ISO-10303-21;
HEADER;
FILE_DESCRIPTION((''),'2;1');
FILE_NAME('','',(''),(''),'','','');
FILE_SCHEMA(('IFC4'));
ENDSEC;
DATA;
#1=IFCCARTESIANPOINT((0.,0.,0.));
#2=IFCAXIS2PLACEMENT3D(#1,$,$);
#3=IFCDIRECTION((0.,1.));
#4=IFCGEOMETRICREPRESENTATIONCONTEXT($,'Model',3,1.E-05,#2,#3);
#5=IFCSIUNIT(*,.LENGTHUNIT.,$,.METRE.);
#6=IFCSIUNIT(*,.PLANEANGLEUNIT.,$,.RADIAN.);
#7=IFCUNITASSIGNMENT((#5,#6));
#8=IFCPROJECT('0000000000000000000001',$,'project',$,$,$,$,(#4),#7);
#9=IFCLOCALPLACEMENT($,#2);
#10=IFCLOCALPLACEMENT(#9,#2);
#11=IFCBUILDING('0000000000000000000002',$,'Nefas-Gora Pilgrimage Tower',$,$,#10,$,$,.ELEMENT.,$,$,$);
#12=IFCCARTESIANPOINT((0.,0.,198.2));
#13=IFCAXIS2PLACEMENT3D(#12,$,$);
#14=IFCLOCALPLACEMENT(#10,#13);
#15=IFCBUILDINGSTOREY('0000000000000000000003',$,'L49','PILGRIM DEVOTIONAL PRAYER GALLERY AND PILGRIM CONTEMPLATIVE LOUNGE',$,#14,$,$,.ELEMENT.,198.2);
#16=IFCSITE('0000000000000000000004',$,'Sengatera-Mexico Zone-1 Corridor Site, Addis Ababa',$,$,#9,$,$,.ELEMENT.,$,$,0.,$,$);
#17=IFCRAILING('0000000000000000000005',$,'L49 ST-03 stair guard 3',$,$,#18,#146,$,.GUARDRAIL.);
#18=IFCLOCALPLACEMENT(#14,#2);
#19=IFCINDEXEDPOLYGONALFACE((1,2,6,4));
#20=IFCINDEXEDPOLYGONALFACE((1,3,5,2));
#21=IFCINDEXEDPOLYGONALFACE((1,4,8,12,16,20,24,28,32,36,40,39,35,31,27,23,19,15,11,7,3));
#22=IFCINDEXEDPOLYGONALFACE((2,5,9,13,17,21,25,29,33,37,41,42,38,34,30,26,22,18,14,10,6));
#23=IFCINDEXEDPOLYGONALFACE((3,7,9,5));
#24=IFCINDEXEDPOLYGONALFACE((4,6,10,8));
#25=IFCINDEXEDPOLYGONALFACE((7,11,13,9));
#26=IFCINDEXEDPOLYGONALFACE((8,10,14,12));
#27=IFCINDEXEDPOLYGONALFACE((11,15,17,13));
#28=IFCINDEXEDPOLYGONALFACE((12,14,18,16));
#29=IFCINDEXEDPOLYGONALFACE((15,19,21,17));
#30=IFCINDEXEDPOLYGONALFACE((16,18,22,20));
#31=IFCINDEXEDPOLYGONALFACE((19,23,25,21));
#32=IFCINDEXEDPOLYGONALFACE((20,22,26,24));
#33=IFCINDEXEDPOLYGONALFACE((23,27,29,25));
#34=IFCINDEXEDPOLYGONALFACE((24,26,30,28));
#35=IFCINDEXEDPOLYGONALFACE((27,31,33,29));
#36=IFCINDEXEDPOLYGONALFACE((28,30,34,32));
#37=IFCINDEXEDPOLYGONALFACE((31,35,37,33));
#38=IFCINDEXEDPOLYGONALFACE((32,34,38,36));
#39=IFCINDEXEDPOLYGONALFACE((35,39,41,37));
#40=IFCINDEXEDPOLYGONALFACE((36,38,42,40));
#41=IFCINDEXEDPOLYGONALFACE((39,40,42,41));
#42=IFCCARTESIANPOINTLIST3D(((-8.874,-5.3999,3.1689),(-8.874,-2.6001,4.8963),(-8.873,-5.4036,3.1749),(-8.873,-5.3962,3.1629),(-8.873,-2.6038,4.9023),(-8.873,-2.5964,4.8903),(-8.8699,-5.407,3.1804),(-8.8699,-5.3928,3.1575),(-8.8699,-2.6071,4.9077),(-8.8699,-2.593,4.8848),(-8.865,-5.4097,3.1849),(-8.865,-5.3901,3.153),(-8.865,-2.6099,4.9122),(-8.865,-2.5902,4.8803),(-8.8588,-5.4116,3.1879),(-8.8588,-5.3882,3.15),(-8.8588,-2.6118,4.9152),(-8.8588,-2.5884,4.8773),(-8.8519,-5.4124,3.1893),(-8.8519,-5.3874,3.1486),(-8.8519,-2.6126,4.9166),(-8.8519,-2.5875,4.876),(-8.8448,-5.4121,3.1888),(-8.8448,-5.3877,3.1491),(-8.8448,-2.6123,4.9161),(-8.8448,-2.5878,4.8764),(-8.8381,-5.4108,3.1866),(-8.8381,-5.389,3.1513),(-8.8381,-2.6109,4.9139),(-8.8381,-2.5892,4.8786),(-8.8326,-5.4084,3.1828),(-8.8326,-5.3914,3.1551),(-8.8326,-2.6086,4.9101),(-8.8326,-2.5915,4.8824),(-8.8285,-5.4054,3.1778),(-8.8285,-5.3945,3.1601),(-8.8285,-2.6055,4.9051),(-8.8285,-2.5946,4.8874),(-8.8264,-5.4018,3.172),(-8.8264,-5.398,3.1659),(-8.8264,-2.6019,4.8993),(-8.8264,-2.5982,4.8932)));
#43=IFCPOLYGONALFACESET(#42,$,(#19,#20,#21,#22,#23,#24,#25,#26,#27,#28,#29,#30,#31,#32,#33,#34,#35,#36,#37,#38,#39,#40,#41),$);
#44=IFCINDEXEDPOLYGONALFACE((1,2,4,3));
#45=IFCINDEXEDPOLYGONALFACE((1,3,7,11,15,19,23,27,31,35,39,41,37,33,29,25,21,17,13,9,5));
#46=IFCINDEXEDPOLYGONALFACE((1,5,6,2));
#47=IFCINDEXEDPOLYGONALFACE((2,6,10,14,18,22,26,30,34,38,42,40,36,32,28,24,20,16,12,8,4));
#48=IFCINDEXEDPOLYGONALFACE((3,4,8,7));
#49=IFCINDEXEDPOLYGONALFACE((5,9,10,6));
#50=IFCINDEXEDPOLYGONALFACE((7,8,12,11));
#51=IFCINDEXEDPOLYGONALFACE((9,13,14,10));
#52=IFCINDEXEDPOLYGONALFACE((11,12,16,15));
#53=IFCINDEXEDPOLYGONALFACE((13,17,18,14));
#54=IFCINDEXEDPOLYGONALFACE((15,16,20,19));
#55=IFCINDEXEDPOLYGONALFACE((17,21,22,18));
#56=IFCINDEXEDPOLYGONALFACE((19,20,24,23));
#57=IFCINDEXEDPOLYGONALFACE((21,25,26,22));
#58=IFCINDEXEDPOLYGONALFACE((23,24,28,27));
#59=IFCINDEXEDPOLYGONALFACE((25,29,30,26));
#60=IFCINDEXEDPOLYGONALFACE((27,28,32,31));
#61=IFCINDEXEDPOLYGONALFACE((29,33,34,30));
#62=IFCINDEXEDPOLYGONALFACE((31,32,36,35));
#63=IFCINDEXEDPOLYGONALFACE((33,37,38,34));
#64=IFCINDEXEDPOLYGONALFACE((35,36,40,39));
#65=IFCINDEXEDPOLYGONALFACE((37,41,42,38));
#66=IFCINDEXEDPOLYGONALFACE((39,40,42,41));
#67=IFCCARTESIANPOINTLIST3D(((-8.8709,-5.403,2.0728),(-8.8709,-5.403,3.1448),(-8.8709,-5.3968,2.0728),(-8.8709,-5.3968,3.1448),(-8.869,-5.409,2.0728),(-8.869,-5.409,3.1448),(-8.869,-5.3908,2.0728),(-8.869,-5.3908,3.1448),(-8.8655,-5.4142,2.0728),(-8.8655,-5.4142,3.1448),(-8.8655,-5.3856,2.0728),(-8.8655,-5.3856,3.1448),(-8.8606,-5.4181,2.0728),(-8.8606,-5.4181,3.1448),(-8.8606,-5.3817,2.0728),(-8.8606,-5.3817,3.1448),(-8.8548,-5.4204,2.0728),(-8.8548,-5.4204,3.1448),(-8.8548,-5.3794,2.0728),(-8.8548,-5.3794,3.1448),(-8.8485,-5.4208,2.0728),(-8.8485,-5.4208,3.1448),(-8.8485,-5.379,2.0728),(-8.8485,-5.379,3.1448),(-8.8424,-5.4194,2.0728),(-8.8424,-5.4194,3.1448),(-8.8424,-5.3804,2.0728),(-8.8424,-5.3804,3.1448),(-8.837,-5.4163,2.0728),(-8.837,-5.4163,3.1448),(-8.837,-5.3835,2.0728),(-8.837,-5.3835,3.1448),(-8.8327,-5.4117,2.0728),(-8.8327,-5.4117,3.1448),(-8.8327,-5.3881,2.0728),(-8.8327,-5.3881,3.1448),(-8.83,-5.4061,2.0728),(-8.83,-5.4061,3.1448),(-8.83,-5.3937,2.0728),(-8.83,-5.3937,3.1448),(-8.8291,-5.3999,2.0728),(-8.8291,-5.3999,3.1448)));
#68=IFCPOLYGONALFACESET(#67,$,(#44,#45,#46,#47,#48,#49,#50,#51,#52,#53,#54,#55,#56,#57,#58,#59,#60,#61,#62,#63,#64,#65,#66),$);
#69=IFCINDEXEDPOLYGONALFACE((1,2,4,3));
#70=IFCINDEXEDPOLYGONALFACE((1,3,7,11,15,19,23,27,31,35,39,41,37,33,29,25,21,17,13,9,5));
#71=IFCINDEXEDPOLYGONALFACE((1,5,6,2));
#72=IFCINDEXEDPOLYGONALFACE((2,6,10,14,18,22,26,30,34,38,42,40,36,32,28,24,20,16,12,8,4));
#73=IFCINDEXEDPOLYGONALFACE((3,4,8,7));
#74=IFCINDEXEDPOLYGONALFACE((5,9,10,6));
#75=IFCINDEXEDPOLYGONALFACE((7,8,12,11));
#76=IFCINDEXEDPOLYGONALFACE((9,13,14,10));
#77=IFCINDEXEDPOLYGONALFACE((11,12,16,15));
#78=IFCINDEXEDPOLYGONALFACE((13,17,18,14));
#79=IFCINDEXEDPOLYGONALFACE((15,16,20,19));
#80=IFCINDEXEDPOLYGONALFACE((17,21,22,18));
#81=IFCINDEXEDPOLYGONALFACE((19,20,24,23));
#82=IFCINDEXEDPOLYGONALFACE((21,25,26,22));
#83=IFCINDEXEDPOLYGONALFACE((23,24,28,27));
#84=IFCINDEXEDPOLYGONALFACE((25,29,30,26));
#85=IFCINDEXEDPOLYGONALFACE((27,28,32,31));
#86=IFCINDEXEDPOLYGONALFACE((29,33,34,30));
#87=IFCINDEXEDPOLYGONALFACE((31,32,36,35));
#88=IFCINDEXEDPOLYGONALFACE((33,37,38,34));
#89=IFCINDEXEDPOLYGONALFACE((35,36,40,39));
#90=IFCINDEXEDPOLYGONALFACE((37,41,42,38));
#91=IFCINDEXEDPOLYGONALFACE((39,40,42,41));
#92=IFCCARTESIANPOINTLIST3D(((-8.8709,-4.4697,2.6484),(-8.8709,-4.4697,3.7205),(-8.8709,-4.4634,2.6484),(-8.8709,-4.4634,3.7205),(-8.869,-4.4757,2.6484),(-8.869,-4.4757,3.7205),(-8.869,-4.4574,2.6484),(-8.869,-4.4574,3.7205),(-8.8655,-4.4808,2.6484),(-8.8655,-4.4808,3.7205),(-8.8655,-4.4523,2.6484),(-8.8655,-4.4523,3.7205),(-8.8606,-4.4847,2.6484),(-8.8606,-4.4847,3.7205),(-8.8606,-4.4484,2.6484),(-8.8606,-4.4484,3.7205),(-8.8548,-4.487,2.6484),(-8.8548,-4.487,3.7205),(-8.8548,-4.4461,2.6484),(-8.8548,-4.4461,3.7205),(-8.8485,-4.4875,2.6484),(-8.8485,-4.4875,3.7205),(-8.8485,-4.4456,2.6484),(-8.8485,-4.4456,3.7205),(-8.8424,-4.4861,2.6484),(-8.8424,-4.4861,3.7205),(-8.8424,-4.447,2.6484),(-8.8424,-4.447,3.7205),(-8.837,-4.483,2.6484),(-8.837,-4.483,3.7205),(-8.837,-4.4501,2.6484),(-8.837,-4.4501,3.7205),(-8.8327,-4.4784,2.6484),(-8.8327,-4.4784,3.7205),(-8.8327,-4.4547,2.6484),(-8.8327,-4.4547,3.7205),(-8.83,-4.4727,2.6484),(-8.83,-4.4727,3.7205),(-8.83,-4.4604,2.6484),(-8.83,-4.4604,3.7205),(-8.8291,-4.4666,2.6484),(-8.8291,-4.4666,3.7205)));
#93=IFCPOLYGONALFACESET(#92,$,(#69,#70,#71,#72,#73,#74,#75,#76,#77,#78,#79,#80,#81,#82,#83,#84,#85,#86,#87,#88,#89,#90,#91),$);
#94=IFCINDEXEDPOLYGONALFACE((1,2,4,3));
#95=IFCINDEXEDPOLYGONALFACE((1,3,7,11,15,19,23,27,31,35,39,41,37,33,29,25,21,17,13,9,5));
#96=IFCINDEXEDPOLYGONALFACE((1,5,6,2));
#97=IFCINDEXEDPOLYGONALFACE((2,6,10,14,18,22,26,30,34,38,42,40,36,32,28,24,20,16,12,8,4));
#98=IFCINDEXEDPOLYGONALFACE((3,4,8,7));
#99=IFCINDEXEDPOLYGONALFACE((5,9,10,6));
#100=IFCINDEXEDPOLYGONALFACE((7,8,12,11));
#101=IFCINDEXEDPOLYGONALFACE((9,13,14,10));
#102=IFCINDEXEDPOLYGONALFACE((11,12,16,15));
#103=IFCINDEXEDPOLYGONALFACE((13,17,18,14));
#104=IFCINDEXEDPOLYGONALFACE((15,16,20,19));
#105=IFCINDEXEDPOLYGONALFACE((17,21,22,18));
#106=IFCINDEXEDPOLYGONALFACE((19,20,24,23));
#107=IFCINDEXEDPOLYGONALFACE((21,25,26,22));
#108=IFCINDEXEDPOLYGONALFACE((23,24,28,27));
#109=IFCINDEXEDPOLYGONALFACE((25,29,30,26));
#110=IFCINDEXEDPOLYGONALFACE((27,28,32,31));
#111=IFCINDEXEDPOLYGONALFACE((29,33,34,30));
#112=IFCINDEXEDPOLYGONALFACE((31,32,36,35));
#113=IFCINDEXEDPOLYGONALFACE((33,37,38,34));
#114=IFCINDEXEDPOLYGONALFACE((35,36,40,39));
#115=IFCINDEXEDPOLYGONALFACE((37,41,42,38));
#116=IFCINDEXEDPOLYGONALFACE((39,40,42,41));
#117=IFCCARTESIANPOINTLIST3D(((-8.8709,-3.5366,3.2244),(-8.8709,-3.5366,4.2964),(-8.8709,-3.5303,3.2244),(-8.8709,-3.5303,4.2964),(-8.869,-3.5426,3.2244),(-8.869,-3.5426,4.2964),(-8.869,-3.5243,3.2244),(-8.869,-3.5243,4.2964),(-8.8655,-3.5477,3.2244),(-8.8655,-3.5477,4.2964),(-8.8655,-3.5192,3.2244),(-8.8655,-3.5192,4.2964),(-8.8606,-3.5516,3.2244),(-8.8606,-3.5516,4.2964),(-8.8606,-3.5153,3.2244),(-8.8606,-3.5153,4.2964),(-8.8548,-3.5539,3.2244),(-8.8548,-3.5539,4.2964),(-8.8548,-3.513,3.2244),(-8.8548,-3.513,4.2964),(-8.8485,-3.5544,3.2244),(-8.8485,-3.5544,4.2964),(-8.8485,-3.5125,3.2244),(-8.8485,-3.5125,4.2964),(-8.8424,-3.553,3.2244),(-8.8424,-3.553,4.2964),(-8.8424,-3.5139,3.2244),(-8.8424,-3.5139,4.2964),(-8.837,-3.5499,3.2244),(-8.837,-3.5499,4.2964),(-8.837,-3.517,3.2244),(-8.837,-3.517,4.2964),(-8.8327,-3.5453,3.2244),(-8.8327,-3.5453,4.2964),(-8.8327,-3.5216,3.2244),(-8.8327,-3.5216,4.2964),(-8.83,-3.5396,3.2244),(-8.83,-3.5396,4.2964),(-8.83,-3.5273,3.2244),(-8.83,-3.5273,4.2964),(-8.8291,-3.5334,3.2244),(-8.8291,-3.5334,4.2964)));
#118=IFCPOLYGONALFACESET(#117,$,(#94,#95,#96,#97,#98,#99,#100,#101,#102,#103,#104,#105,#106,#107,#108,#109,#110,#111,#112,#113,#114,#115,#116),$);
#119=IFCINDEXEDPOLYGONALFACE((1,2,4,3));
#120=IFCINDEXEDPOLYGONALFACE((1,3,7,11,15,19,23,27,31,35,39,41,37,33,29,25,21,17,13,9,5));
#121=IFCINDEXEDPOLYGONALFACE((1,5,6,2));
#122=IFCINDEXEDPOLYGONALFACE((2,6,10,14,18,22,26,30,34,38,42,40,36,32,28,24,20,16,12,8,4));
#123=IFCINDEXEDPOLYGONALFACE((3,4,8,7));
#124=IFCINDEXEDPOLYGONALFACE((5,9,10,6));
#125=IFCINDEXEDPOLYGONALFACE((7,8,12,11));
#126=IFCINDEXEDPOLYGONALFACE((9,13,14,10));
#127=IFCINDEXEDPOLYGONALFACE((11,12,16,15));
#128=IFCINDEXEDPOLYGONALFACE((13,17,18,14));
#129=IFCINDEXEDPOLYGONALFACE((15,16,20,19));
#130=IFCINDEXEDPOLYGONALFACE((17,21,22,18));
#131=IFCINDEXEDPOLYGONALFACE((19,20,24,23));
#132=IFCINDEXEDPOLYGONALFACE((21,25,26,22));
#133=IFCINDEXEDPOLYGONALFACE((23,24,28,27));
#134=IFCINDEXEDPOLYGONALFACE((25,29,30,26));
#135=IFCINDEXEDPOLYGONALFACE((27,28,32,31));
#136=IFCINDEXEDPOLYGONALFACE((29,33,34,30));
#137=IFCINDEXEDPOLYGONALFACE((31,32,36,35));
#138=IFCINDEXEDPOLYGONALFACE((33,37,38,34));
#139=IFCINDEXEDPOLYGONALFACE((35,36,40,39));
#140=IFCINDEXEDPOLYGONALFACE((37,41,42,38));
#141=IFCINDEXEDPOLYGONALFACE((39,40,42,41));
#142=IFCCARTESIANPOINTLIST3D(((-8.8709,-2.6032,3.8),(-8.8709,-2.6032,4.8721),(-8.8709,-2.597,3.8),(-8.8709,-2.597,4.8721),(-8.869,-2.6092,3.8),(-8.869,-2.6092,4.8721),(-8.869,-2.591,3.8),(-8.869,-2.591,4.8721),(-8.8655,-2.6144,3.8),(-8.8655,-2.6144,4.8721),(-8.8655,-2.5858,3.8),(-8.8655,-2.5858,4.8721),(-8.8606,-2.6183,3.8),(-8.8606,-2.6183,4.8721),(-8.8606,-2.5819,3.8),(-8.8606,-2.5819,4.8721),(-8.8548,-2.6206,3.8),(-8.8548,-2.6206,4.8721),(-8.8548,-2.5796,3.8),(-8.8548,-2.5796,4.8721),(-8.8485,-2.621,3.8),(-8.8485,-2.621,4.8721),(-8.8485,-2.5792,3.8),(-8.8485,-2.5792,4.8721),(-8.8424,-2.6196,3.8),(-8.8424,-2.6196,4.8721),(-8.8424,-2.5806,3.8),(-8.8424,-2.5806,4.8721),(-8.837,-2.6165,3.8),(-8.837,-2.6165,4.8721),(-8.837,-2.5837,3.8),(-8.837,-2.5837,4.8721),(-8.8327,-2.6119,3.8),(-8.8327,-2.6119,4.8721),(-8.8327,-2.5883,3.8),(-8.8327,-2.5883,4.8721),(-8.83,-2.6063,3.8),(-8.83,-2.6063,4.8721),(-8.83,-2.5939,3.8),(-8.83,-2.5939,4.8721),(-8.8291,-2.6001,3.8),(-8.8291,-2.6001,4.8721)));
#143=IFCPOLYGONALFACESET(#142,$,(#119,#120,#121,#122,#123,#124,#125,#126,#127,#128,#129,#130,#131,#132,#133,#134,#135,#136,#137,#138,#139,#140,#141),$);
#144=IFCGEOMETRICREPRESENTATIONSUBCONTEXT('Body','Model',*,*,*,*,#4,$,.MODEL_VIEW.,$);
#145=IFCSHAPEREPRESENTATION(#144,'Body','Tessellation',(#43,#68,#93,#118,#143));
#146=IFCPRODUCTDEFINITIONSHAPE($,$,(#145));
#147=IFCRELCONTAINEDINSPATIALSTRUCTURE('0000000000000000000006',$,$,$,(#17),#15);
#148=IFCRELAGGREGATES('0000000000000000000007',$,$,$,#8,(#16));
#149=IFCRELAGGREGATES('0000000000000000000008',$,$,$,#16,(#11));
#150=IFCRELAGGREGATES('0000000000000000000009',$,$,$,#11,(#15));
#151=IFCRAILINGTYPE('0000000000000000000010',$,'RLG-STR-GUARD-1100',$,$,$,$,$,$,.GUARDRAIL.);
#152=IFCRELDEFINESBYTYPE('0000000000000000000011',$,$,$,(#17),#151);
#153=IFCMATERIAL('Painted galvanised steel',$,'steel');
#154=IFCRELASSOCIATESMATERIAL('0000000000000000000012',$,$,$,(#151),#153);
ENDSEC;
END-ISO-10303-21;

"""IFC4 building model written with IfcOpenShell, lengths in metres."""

from ifc_helpers import new_model, si_unit, direction, frame, origin, origin_2d, place, context, subcontext, project, spatial, circle, extrude, material, type_object, element, save


model = new_model("IFC4")

# Units and contexts
model_context = context("Model", 3, precision=1e-05, world=origin(), true_north=direction((0.0, 1.0)))
body_context = subcontext(model_context, "Body", "Model", "MODEL_VIEW")
ifc_project = project(units=[si_unit("LENGTHUNIT", "METRE"), si_unit("PLANEANGLEUNIT", "RADIAN")], contexts=[model_context])

# Site, building, storey
site_placement = place(None, origin())
site = spatial("IfcSite", under=ifc_project, at=site_placement, Name="Sengatera-Mexico Zone-1 Corridor Site, Addis Ababa", CompositionType="ELEMENT", RefElevation=0.0)
building_placement = place(site_placement, origin())
building = spatial("IfcBuilding", under=site, at=building_placement, Name="Nefas-Gora Pilgrimage Tower", CompositionType="ELEMENT")
storey_placement = place(building_placement, frame((0.0, 0.0, 198.2)))
storey = spatial("IfcBuildingStorey", under=building, at=storey_placement, Name="L49", Description="PILGRIM DEVOTIONAL PRAYER GALLERY AND PILGRIM CONTEMPLATIVE LOUNGE", CompositionType="ELEMENT", Elevation=198.2)

# Railing
ifc_material_1 = material(Name="Painted galvanised steel", Category="steel")
railing_type_1 = type_object("IfcRailingType", Name="RLG-STR-GUARD-1100", PredefinedType="GUARDRAIL", material=ifc_material_1)
railing_1_placement = place(storey_placement, frame((-8.8501, -5.3999, 2.0728)))
element("IfcRailing", 1, at=railing_1_placement, inside=storey, type_object=railing_type_1, Name="L49 ST-03 stair guard 3", PredefinedType="GUARDRAIL", context=body_context, shape_type="SweptSolid", body=[
    extrude(circle(Radius=0.0239, at=origin_2d()), frame((0.0, 0.0, 1.0962), z_axis=(0.0, 0.851069, 0.525054), x_axis=(-1.0, 0.0, 0.0)), (0.0, 0.0, 1.0), 3.2898),
    extrude(circle(Radius=0.021, at=origin_2d()), origin(), (0.0, 0.0, 1.0), 1.072),
    extrude(circle(Radius=0.021, at=origin_2d()), frame((0.0, 0.9333, 0.5757)), (0.0, 0.0, 1.0), 1.072),
    extrude(circle(Radius=0.021, at=origin_2d()), frame((0.0, 1.8665, 1.1516)), (0.0, 0.0, 1.0), 1.072),
    extrude(circle(Radius=0.021, at=origin_2d()), frame((0.0, 2.7998, 1.7273)), (0.0, 0.0, 1.0), 1.072),
])

save(model, "model.ifc")
